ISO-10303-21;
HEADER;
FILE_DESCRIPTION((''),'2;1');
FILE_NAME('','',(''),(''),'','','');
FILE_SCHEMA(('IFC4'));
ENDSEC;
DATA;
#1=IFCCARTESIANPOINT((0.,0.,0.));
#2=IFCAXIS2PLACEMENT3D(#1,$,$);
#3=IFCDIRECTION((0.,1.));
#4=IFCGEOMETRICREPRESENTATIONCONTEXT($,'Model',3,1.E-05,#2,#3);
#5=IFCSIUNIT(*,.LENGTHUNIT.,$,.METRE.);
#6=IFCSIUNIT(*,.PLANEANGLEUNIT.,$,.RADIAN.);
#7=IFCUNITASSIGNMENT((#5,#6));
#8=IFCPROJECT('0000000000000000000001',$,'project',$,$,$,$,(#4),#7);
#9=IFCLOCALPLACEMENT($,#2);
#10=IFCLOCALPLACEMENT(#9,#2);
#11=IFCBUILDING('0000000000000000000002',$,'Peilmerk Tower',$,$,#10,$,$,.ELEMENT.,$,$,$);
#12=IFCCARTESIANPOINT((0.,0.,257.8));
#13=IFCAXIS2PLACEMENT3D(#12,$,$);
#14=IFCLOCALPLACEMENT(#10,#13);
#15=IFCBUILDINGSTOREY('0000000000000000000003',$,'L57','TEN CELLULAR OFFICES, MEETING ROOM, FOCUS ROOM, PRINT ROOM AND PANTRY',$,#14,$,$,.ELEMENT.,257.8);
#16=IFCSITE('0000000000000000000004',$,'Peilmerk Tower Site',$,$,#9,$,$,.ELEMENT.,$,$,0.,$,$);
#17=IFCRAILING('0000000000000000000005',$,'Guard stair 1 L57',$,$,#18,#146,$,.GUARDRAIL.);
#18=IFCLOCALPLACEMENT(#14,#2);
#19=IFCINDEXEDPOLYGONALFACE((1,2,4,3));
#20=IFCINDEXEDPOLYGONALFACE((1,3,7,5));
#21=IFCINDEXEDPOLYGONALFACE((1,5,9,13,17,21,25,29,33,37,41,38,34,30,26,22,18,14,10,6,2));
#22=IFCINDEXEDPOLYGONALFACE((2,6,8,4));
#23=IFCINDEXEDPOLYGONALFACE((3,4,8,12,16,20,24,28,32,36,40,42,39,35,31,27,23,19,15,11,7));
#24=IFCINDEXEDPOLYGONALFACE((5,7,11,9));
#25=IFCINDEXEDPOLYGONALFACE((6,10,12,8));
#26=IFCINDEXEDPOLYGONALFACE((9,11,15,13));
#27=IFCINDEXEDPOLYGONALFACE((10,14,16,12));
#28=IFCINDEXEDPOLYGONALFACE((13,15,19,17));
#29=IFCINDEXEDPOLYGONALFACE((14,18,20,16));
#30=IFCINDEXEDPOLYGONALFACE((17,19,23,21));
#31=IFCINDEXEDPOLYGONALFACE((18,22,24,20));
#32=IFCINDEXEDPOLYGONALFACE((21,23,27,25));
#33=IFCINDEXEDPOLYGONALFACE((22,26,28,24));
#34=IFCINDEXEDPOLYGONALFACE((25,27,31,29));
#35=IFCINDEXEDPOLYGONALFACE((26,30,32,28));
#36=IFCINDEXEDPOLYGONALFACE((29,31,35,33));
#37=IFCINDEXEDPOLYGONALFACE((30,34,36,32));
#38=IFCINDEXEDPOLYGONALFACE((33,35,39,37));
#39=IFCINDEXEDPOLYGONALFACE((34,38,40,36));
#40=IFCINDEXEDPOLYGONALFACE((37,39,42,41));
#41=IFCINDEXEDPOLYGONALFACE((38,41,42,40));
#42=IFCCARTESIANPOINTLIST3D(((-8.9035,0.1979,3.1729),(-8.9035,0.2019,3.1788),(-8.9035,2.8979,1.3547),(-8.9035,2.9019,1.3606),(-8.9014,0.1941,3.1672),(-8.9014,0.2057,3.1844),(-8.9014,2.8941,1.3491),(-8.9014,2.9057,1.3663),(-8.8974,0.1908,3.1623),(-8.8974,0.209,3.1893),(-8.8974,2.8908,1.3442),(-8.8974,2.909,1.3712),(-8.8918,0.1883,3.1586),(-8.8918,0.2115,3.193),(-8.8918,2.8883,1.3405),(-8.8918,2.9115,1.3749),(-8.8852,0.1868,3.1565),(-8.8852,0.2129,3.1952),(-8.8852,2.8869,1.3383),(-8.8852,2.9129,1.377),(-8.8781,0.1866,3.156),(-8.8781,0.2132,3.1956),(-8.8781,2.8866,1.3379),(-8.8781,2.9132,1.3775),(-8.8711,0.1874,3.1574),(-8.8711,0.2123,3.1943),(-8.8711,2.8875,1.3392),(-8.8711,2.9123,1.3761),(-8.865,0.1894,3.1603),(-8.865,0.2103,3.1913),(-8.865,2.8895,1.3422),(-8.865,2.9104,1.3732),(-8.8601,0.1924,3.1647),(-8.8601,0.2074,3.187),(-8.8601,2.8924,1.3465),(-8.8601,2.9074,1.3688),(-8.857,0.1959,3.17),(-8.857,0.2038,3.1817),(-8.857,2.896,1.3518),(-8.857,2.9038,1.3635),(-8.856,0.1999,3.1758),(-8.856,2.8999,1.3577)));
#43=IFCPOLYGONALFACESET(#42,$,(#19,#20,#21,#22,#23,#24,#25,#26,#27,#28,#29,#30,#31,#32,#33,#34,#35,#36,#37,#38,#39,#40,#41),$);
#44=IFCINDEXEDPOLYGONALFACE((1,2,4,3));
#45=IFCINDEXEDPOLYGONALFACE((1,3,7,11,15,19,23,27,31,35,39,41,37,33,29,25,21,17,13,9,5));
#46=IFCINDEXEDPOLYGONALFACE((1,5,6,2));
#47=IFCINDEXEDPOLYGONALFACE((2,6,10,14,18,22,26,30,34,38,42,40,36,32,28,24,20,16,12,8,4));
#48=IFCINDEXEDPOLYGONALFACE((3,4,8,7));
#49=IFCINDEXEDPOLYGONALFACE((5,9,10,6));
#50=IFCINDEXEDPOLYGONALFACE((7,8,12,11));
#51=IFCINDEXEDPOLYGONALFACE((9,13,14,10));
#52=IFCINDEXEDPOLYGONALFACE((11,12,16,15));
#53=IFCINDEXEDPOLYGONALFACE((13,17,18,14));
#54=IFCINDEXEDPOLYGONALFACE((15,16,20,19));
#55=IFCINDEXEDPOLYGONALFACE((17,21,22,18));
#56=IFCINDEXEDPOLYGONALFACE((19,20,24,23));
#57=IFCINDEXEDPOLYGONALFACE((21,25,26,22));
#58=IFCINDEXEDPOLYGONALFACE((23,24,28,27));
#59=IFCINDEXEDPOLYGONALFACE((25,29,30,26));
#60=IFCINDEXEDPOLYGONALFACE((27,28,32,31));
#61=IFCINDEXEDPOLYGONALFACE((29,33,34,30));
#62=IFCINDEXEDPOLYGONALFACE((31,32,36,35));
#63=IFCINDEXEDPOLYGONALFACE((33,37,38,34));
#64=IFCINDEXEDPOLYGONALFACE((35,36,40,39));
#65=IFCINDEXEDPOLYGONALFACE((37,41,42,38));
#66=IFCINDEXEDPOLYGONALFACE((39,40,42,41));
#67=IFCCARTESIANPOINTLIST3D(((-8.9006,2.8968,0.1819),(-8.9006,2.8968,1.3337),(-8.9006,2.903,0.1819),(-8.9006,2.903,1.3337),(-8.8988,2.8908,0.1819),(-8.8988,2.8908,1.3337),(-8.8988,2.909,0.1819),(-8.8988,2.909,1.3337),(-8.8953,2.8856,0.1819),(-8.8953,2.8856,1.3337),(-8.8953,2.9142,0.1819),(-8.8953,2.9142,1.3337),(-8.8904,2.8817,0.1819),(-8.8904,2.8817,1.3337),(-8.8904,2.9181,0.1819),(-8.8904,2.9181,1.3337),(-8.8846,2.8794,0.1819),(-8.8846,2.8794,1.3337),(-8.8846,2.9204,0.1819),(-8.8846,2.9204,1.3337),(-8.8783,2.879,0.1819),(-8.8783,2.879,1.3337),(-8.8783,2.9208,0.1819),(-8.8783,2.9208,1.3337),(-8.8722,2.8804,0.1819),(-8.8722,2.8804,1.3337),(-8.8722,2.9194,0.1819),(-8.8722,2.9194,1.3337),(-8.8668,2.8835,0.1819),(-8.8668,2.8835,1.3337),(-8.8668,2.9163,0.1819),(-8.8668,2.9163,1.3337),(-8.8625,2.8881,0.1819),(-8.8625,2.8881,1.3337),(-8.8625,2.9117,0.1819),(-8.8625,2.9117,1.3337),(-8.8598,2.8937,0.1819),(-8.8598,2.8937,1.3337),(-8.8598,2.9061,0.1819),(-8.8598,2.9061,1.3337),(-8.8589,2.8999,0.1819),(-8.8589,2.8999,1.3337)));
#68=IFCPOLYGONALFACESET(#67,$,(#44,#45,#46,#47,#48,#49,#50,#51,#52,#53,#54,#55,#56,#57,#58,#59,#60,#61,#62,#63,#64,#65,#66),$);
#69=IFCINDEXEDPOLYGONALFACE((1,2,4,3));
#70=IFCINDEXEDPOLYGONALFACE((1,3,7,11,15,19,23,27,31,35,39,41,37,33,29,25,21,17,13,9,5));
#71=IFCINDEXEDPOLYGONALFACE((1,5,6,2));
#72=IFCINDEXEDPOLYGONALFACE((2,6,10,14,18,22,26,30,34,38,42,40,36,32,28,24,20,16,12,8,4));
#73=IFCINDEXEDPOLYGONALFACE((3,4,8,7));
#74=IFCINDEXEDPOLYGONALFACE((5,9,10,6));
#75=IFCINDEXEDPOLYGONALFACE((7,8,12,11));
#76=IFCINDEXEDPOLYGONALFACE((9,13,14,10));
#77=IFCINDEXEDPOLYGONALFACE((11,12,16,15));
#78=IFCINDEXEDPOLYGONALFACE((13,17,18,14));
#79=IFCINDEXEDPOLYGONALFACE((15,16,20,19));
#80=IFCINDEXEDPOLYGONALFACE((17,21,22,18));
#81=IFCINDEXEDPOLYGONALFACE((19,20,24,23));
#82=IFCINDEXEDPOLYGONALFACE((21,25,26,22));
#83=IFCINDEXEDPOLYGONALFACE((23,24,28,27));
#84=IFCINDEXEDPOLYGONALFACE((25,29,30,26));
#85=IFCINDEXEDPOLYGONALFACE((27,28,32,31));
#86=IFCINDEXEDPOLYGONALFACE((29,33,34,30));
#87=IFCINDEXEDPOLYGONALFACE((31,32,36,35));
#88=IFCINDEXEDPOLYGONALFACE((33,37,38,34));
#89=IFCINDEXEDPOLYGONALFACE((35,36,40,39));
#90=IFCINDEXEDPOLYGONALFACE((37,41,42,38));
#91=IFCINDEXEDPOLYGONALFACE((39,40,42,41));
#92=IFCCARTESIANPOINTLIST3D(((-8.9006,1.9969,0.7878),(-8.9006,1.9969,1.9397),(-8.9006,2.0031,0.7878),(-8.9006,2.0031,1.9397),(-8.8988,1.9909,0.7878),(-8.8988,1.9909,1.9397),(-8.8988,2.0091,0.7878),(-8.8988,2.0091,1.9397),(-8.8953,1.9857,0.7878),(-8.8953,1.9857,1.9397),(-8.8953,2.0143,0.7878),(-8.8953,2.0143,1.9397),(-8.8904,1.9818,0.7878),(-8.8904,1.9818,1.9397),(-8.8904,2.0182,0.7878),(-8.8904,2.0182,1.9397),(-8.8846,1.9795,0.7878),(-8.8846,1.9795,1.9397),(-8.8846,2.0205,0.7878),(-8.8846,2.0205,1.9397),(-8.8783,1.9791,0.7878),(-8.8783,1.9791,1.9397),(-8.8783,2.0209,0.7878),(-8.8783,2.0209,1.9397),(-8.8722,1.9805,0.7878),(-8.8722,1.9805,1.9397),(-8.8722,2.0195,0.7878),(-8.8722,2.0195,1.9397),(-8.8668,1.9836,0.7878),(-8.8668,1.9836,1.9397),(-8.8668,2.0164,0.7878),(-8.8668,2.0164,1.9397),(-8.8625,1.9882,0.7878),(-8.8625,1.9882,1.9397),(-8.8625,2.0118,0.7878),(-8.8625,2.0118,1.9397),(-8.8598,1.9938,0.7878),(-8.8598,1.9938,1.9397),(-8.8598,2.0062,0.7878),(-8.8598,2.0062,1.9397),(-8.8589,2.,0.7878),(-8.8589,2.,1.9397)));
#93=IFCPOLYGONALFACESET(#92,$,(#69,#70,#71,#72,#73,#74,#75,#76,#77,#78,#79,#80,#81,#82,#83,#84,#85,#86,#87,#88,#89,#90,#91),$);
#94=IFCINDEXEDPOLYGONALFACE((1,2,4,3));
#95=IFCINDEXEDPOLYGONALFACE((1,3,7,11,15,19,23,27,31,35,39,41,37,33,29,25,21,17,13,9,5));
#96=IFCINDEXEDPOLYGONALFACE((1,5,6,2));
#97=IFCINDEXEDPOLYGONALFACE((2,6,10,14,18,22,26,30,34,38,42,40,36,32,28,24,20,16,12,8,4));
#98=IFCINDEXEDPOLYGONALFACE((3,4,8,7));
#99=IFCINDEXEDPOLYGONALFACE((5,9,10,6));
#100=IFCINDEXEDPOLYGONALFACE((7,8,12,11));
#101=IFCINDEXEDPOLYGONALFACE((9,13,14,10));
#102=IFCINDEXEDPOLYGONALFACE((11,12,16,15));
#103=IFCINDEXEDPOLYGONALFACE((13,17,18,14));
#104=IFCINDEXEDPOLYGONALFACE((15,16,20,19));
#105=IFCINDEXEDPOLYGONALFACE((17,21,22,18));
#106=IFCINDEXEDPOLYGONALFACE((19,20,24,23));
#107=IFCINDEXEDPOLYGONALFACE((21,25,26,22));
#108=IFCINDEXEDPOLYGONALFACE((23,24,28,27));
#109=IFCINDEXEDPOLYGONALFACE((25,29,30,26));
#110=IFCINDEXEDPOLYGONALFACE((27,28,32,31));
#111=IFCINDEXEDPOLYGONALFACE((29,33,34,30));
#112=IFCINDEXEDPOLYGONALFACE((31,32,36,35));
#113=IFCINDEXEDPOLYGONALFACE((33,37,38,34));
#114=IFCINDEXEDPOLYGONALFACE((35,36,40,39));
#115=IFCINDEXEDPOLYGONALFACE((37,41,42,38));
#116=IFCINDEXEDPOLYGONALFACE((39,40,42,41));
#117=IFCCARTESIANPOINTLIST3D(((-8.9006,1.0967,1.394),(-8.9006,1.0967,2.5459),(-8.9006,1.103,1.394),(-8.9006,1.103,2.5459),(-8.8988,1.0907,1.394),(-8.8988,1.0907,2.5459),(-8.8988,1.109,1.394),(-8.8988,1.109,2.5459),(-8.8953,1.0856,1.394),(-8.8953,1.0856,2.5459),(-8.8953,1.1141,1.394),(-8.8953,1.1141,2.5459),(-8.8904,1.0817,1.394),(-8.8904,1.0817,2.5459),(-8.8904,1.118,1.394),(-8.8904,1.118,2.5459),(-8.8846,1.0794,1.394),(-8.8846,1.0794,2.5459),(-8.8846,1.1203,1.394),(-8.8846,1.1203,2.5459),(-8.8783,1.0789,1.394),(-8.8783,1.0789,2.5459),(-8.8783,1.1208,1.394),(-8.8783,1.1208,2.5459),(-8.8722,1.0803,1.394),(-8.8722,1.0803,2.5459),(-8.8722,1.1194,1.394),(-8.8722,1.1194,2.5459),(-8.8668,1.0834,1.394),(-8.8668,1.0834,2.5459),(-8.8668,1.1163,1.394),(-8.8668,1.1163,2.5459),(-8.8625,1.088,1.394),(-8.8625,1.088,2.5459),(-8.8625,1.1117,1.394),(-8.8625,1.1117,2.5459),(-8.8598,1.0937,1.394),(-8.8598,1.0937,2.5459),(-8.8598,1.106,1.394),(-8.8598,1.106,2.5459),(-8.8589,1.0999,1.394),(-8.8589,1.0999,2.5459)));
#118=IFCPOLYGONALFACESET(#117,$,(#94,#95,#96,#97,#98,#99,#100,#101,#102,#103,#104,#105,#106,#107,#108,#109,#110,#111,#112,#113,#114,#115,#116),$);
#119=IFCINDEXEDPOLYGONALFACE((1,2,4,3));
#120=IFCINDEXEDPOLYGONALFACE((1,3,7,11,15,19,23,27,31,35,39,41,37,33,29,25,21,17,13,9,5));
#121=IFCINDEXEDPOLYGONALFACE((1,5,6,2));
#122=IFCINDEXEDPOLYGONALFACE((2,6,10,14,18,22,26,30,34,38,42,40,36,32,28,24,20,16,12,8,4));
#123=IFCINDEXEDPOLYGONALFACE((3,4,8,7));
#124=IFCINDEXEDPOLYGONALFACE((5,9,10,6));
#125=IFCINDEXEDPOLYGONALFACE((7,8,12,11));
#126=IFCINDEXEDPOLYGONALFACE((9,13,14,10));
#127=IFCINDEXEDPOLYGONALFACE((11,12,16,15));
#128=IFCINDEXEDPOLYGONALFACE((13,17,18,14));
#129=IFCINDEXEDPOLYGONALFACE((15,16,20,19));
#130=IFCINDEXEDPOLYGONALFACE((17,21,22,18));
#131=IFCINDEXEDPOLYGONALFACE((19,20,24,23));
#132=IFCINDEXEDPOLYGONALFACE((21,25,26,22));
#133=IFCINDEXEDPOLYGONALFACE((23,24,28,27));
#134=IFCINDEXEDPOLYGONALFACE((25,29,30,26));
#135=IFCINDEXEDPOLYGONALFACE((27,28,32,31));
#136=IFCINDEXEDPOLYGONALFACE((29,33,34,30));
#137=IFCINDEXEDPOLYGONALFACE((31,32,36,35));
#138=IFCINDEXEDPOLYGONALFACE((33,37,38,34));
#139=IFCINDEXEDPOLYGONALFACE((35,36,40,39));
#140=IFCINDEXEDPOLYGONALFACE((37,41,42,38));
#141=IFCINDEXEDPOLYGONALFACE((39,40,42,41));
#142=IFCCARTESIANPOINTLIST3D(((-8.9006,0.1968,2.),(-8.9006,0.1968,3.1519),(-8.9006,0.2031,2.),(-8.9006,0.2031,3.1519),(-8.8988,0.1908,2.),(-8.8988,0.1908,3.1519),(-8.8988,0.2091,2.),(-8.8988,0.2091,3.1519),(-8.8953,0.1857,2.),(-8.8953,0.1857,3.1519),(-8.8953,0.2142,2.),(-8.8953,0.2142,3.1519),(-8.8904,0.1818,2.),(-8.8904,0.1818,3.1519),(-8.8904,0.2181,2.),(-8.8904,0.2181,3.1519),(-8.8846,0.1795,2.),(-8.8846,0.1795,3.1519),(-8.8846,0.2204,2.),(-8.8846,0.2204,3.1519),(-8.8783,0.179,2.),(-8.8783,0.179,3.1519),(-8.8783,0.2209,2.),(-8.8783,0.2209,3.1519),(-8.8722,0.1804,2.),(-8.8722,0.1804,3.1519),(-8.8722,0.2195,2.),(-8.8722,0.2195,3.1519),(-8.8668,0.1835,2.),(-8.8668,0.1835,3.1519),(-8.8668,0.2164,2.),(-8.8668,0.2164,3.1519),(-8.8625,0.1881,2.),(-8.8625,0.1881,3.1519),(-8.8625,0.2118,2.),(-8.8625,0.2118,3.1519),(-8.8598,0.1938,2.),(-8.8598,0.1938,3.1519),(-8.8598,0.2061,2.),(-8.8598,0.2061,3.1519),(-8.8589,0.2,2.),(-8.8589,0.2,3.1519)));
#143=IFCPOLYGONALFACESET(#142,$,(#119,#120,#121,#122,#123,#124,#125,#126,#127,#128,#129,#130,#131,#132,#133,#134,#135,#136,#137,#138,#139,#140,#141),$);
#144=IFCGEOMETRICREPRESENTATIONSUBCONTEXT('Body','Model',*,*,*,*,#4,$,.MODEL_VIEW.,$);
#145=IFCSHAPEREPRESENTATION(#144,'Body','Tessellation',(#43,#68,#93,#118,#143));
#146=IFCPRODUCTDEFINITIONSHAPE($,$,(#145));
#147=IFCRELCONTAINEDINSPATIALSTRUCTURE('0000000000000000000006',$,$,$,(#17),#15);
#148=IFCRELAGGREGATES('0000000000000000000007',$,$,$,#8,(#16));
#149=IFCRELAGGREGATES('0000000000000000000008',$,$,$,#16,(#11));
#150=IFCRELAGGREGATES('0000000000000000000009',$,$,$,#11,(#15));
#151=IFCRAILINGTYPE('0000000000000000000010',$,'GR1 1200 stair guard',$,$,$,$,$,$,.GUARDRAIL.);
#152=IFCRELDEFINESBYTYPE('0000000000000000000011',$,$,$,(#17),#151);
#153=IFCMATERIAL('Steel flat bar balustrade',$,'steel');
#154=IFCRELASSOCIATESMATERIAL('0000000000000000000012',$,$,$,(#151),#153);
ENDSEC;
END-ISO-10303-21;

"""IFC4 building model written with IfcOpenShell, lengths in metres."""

from ifc_helpers import new_model, si_unit, direction, frame, origin, origin_2d, place, context, subcontext, project, spatial, circle, extrude, material, type_object, element, save


model = new_model("IFC4")

# Units and contexts
model_context = context("Model", 3, precision=1e-05, world=origin(), true_north=direction((0.0, 1.0)))
body_context = subcontext(model_context, "Body", "Model", "MODEL_VIEW")
ifc_project = project(units=[si_unit("LENGTHUNIT", "METRE"), si_unit("PLANEANGLEUNIT", "RADIAN")], contexts=[model_context])

# Site, building, storey
site_placement = place(None, origin())
site = spatial("IfcSite", under=ifc_project, at=site_placement, Name="Peilmerk Tower Site", CompositionType="ELEMENT", RefElevation=0.0)
building_placement = place(site_placement, origin())
building = spatial("IfcBuilding", under=site, at=building_placement, Name="Peilmerk Tower", CompositionType="ELEMENT")
storey_placement = place(building_placement, frame((0.0, 0.0, 257.8)))
storey = spatial("IfcBuildingStorey", under=building, at=storey_placement, Name="L57", Description="TEN CELLULAR OFFICES, MEETING ROOM, FOCUS ROOM, PRINT ROOM AND PANTRY", CompositionType="ELEMENT", Elevation=257.8)

# Railing
ifc_material_1 = material(Name="Steel flat bar balustrade", Category="steel")
railing_type_1 = type_object("IfcRailingType", Name="GR1 1200 stair guard", PredefinedType="GUARDRAIL", material=ifc_material_1)
railing_1_placement = place(storey_placement, frame((-8.8799, 2.8999, 0.1819)))
element("IfcRailing", 1, at=railing_1_placement, inside=storey, type_object=railing_type_1, Name="Guard stair 1 L57", PredefinedType="GUARDRAIL", context=body_context, shape_type="SweptSolid", body=[
    extrude(circle(Radius=0.0239, at=origin_2d()), frame((0.0, 0.0, 1.1758), z_axis=(0.0, -0.829468, 0.558554), x_axis=(1.0, 0.0, 0.0)), (0.0, 0.0, 1.0), 3.2551),
    extrude(circle(Radius=0.021, at=origin_2d()), origin(), (0.0, 0.0, 1.0), 1.1519),
    extrude(circle(Radius=0.021, at=origin_2d()), frame((0.0, -0.8999, 0.606)), (0.0, 0.0, 1.0), 1.1519),
    extrude(circle(Radius=0.021, at=origin_2d()), frame((0.0, -1.8, 1.2122)), (0.0, 0.0, 1.0), 1.1519),
    extrude(circle(Radius=0.021, at=origin_2d()), frame((0.0, -2.7, 1.8181)), (0.0, 0.0, 1.0), 1.1519),
])

save(model, "model.ifc")
